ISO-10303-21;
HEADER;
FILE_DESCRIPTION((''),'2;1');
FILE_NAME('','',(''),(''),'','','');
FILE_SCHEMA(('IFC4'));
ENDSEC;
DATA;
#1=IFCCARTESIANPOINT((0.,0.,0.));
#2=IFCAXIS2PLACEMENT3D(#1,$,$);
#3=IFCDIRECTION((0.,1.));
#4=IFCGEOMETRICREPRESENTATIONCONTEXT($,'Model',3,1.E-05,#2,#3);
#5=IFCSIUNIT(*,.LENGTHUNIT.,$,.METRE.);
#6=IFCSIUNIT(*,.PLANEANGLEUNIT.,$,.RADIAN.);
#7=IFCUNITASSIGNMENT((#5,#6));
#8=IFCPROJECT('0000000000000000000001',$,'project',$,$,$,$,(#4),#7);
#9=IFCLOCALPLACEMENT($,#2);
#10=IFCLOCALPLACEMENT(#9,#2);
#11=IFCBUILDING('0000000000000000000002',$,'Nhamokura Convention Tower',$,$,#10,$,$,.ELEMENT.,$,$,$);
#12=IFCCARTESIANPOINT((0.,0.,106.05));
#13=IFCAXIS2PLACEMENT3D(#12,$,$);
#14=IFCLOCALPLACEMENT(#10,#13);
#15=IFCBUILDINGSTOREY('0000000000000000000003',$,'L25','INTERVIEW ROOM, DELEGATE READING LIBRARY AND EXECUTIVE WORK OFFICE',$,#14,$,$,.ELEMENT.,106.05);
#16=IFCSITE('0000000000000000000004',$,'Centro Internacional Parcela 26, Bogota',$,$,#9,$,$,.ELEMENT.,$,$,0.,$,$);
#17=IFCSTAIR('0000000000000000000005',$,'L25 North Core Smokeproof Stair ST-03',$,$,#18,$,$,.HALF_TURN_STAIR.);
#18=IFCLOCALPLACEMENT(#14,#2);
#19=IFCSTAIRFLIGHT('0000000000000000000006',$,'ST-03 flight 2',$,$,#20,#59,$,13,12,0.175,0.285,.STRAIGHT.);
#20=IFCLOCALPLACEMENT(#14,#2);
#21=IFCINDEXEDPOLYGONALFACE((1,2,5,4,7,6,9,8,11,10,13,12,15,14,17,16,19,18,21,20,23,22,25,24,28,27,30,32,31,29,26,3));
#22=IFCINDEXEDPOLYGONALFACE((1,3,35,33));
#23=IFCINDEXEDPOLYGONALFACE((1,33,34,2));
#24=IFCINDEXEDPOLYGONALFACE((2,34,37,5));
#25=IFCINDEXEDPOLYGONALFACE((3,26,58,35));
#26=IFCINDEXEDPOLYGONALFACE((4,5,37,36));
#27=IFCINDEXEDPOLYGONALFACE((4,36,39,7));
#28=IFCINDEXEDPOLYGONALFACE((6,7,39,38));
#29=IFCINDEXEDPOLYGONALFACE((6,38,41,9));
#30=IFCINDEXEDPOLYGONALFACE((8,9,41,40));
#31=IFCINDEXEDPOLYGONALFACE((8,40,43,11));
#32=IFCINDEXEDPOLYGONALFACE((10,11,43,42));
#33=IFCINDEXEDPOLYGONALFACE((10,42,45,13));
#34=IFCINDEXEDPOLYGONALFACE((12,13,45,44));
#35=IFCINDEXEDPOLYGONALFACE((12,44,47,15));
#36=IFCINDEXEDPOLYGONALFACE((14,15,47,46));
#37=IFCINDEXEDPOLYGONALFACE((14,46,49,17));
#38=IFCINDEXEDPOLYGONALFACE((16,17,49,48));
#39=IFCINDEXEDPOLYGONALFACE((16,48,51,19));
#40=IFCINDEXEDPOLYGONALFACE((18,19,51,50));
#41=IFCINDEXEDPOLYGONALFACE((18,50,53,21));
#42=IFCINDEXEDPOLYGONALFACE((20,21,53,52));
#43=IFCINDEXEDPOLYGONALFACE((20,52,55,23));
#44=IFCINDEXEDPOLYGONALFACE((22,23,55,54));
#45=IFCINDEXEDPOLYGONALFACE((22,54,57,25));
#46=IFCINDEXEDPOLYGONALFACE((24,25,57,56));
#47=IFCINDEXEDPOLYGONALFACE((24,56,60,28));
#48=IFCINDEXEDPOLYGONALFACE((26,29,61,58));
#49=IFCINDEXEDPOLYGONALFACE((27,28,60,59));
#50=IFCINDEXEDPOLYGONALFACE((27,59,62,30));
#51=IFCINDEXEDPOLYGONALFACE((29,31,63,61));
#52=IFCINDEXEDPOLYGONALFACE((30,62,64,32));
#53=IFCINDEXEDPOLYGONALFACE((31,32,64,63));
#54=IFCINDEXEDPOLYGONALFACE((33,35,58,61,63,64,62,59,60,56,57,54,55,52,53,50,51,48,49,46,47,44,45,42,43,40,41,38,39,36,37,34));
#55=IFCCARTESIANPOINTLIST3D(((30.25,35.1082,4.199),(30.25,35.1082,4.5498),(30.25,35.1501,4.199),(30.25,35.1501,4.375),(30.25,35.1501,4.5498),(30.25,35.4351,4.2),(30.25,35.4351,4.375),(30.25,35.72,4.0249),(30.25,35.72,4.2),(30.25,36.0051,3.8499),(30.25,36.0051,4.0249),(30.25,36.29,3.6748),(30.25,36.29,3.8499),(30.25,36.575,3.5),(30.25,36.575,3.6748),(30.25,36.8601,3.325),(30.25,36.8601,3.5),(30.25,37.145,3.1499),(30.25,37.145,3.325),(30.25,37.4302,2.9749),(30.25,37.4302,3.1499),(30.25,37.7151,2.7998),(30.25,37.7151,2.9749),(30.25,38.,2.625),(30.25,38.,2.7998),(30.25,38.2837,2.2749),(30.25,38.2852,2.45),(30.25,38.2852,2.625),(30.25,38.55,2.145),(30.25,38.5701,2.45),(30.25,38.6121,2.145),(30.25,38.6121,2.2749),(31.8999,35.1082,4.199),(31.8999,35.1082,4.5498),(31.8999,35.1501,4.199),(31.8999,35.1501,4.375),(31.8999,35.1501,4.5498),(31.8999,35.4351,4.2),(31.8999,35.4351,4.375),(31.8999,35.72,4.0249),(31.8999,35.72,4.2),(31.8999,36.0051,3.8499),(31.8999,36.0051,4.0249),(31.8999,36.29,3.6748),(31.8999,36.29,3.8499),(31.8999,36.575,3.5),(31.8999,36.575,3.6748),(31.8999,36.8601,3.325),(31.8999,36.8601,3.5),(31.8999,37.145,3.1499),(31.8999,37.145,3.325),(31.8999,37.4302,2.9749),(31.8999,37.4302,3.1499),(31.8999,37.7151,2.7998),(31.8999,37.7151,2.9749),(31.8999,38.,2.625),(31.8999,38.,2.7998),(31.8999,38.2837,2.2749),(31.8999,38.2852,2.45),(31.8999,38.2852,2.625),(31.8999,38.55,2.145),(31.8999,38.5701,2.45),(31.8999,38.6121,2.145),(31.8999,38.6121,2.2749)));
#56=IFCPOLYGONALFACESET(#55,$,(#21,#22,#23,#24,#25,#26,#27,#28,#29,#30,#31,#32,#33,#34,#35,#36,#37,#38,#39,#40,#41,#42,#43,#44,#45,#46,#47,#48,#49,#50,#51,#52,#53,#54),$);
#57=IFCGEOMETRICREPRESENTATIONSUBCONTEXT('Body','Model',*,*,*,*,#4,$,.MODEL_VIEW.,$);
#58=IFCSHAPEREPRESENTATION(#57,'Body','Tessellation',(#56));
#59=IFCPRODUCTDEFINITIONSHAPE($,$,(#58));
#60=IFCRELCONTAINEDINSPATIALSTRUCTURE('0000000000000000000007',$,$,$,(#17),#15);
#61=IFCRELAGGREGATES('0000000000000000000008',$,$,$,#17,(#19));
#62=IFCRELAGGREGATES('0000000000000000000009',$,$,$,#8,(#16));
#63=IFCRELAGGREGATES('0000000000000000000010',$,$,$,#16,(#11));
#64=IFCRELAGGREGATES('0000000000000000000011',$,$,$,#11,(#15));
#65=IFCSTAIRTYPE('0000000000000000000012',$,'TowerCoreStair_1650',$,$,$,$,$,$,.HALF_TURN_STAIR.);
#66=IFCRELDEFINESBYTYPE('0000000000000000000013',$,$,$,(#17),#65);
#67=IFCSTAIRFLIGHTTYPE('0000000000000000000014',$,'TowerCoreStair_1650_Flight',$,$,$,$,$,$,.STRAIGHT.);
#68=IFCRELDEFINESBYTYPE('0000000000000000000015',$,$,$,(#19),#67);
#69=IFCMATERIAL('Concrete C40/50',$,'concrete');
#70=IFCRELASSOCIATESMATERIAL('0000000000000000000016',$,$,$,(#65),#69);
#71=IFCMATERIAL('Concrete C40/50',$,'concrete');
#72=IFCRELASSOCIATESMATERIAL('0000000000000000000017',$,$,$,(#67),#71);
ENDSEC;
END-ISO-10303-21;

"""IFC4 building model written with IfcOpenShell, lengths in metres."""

from ifc_helpers import new_model, si_unit, direction, frame, origin, place, context, subcontext, project, spatial, polyline, outline, extrude, material, type_object, element, aggregate, save


model = new_model("IFC4")

# Units and contexts
model_context = context("Model", 3, precision=1e-05, world=origin(), true_north=direction((0.0, 1.0)))
body_context = subcontext(model_context, "Body", "Model", "MODEL_VIEW")
ifc_project = project(units=[si_unit("LENGTHUNIT", "METRE"), si_unit("PLANEANGLEUNIT", "RADIAN")], contexts=[model_context])

# Site, building, storey
site_placement = place(None, origin())
site = spatial("IfcSite", under=ifc_project, at=site_placement, Name="Centro Internacional Parcela 26, Bogota", CompositionType="ELEMENT", RefElevation=0.0)
building_placement = place(site_placement, origin())
building = spatial("IfcBuilding", under=site, at=building_placement, Name="Nhamokura Convention Tower", CompositionType="ELEMENT")
storey_placement = place(building_placement, frame((0.0, 0.0, 106.05)))
storey = spatial("IfcBuildingStorey", under=building, at=storey_placement, Name="L25", Description="INTERVIEW ROOM, DELEGATE READING LIBRARY AND EXECUTIVE WORK OFFICE", CompositionType="ELEMENT", Elevation=106.05)

# Stair, stair flight
ifc_material_1 = material(Name="Concrete C40/50", Category="concrete")
stair_type = type_object("IfcStairType", Name="TowerCoreStair_1650", PredefinedType="HALF_TURN_STAIR", material=ifc_material_1)
stair_placement = place(storey_placement, origin())
stair = element("IfcStair", 1, at=stair_placement, inside=storey, type_object=stair_type, Name="L25 North Core Smokeproof Stair ST-03", PredefinedType="HALF_TURN_STAIR")
ifc_material_2 = material(Name="Concrete C40/50", Category="concrete")
stair_flight_type = type_object("IfcStairFlightType", Name="TowerCoreStair_1650_Flight", PredefinedType="STRAIGHT", material=ifc_material_2)
stair_flight_1_placement = place(storey_placement, frame((31.075, 38.5701, 2.2749), z_axis=(0.0, 0.0, 1.0), x_axis=(0.0, -1.0, 0.0)))
stair_flight_1 = element("IfcStairFlight", 2, at=stair_flight_1_placement, type_object=stair_flight_type, Name="ST-03 flight 2", NumberOfRisers=13, NumberOfTreads=12, PredefinedType="STRAIGHT", RiserHeight=0.175, TreadLength=0.285, context=body_context, shape_type="SweptSolid", body=[
    extrude(outline(polyline([(-0.042, 0.0), (0.0, 0.175), (0.2849, 0.175), (0.2849, 0.3501), (0.5701, 0.3501), (0.5701, 0.5249), (0.855, 0.5249), (0.855, 0.7), (1.1399, 0.7), (1.1399, 0.875), (1.425, 0.875), (1.425, 1.05), (1.71, 1.05), (1.71, 1.2251), (1.9951, 1.2251), (1.9951, 1.3999), (2.28, 1.3999), (2.28, 1.575), (2.5649, 1.575), (2.5649, 1.75), (2.8501, 1.75), (2.8501, 1.925), (3.135, 1.925), (3.135, 2.1001), (3.4199, 2.1001), (3.4199, 2.2749), (3.4619, 2.2749), (3.4619, 1.9241), (3.4199, 1.9241), (0.2864, 0.0), (0.02, -0.1299), (-0.042, -0.1299), (-0.042, 0.0)])), frame((0.0, 0.825, 0.0), z_axis=(0.0, -1.0, 0.0), x_axis=(1.0, 0.0, 0.0)), (0.0, 0.0, 1.0), 1.6499),
])
aggregate(stair, [stair_flight_1])

save(model, "model.ifc")
